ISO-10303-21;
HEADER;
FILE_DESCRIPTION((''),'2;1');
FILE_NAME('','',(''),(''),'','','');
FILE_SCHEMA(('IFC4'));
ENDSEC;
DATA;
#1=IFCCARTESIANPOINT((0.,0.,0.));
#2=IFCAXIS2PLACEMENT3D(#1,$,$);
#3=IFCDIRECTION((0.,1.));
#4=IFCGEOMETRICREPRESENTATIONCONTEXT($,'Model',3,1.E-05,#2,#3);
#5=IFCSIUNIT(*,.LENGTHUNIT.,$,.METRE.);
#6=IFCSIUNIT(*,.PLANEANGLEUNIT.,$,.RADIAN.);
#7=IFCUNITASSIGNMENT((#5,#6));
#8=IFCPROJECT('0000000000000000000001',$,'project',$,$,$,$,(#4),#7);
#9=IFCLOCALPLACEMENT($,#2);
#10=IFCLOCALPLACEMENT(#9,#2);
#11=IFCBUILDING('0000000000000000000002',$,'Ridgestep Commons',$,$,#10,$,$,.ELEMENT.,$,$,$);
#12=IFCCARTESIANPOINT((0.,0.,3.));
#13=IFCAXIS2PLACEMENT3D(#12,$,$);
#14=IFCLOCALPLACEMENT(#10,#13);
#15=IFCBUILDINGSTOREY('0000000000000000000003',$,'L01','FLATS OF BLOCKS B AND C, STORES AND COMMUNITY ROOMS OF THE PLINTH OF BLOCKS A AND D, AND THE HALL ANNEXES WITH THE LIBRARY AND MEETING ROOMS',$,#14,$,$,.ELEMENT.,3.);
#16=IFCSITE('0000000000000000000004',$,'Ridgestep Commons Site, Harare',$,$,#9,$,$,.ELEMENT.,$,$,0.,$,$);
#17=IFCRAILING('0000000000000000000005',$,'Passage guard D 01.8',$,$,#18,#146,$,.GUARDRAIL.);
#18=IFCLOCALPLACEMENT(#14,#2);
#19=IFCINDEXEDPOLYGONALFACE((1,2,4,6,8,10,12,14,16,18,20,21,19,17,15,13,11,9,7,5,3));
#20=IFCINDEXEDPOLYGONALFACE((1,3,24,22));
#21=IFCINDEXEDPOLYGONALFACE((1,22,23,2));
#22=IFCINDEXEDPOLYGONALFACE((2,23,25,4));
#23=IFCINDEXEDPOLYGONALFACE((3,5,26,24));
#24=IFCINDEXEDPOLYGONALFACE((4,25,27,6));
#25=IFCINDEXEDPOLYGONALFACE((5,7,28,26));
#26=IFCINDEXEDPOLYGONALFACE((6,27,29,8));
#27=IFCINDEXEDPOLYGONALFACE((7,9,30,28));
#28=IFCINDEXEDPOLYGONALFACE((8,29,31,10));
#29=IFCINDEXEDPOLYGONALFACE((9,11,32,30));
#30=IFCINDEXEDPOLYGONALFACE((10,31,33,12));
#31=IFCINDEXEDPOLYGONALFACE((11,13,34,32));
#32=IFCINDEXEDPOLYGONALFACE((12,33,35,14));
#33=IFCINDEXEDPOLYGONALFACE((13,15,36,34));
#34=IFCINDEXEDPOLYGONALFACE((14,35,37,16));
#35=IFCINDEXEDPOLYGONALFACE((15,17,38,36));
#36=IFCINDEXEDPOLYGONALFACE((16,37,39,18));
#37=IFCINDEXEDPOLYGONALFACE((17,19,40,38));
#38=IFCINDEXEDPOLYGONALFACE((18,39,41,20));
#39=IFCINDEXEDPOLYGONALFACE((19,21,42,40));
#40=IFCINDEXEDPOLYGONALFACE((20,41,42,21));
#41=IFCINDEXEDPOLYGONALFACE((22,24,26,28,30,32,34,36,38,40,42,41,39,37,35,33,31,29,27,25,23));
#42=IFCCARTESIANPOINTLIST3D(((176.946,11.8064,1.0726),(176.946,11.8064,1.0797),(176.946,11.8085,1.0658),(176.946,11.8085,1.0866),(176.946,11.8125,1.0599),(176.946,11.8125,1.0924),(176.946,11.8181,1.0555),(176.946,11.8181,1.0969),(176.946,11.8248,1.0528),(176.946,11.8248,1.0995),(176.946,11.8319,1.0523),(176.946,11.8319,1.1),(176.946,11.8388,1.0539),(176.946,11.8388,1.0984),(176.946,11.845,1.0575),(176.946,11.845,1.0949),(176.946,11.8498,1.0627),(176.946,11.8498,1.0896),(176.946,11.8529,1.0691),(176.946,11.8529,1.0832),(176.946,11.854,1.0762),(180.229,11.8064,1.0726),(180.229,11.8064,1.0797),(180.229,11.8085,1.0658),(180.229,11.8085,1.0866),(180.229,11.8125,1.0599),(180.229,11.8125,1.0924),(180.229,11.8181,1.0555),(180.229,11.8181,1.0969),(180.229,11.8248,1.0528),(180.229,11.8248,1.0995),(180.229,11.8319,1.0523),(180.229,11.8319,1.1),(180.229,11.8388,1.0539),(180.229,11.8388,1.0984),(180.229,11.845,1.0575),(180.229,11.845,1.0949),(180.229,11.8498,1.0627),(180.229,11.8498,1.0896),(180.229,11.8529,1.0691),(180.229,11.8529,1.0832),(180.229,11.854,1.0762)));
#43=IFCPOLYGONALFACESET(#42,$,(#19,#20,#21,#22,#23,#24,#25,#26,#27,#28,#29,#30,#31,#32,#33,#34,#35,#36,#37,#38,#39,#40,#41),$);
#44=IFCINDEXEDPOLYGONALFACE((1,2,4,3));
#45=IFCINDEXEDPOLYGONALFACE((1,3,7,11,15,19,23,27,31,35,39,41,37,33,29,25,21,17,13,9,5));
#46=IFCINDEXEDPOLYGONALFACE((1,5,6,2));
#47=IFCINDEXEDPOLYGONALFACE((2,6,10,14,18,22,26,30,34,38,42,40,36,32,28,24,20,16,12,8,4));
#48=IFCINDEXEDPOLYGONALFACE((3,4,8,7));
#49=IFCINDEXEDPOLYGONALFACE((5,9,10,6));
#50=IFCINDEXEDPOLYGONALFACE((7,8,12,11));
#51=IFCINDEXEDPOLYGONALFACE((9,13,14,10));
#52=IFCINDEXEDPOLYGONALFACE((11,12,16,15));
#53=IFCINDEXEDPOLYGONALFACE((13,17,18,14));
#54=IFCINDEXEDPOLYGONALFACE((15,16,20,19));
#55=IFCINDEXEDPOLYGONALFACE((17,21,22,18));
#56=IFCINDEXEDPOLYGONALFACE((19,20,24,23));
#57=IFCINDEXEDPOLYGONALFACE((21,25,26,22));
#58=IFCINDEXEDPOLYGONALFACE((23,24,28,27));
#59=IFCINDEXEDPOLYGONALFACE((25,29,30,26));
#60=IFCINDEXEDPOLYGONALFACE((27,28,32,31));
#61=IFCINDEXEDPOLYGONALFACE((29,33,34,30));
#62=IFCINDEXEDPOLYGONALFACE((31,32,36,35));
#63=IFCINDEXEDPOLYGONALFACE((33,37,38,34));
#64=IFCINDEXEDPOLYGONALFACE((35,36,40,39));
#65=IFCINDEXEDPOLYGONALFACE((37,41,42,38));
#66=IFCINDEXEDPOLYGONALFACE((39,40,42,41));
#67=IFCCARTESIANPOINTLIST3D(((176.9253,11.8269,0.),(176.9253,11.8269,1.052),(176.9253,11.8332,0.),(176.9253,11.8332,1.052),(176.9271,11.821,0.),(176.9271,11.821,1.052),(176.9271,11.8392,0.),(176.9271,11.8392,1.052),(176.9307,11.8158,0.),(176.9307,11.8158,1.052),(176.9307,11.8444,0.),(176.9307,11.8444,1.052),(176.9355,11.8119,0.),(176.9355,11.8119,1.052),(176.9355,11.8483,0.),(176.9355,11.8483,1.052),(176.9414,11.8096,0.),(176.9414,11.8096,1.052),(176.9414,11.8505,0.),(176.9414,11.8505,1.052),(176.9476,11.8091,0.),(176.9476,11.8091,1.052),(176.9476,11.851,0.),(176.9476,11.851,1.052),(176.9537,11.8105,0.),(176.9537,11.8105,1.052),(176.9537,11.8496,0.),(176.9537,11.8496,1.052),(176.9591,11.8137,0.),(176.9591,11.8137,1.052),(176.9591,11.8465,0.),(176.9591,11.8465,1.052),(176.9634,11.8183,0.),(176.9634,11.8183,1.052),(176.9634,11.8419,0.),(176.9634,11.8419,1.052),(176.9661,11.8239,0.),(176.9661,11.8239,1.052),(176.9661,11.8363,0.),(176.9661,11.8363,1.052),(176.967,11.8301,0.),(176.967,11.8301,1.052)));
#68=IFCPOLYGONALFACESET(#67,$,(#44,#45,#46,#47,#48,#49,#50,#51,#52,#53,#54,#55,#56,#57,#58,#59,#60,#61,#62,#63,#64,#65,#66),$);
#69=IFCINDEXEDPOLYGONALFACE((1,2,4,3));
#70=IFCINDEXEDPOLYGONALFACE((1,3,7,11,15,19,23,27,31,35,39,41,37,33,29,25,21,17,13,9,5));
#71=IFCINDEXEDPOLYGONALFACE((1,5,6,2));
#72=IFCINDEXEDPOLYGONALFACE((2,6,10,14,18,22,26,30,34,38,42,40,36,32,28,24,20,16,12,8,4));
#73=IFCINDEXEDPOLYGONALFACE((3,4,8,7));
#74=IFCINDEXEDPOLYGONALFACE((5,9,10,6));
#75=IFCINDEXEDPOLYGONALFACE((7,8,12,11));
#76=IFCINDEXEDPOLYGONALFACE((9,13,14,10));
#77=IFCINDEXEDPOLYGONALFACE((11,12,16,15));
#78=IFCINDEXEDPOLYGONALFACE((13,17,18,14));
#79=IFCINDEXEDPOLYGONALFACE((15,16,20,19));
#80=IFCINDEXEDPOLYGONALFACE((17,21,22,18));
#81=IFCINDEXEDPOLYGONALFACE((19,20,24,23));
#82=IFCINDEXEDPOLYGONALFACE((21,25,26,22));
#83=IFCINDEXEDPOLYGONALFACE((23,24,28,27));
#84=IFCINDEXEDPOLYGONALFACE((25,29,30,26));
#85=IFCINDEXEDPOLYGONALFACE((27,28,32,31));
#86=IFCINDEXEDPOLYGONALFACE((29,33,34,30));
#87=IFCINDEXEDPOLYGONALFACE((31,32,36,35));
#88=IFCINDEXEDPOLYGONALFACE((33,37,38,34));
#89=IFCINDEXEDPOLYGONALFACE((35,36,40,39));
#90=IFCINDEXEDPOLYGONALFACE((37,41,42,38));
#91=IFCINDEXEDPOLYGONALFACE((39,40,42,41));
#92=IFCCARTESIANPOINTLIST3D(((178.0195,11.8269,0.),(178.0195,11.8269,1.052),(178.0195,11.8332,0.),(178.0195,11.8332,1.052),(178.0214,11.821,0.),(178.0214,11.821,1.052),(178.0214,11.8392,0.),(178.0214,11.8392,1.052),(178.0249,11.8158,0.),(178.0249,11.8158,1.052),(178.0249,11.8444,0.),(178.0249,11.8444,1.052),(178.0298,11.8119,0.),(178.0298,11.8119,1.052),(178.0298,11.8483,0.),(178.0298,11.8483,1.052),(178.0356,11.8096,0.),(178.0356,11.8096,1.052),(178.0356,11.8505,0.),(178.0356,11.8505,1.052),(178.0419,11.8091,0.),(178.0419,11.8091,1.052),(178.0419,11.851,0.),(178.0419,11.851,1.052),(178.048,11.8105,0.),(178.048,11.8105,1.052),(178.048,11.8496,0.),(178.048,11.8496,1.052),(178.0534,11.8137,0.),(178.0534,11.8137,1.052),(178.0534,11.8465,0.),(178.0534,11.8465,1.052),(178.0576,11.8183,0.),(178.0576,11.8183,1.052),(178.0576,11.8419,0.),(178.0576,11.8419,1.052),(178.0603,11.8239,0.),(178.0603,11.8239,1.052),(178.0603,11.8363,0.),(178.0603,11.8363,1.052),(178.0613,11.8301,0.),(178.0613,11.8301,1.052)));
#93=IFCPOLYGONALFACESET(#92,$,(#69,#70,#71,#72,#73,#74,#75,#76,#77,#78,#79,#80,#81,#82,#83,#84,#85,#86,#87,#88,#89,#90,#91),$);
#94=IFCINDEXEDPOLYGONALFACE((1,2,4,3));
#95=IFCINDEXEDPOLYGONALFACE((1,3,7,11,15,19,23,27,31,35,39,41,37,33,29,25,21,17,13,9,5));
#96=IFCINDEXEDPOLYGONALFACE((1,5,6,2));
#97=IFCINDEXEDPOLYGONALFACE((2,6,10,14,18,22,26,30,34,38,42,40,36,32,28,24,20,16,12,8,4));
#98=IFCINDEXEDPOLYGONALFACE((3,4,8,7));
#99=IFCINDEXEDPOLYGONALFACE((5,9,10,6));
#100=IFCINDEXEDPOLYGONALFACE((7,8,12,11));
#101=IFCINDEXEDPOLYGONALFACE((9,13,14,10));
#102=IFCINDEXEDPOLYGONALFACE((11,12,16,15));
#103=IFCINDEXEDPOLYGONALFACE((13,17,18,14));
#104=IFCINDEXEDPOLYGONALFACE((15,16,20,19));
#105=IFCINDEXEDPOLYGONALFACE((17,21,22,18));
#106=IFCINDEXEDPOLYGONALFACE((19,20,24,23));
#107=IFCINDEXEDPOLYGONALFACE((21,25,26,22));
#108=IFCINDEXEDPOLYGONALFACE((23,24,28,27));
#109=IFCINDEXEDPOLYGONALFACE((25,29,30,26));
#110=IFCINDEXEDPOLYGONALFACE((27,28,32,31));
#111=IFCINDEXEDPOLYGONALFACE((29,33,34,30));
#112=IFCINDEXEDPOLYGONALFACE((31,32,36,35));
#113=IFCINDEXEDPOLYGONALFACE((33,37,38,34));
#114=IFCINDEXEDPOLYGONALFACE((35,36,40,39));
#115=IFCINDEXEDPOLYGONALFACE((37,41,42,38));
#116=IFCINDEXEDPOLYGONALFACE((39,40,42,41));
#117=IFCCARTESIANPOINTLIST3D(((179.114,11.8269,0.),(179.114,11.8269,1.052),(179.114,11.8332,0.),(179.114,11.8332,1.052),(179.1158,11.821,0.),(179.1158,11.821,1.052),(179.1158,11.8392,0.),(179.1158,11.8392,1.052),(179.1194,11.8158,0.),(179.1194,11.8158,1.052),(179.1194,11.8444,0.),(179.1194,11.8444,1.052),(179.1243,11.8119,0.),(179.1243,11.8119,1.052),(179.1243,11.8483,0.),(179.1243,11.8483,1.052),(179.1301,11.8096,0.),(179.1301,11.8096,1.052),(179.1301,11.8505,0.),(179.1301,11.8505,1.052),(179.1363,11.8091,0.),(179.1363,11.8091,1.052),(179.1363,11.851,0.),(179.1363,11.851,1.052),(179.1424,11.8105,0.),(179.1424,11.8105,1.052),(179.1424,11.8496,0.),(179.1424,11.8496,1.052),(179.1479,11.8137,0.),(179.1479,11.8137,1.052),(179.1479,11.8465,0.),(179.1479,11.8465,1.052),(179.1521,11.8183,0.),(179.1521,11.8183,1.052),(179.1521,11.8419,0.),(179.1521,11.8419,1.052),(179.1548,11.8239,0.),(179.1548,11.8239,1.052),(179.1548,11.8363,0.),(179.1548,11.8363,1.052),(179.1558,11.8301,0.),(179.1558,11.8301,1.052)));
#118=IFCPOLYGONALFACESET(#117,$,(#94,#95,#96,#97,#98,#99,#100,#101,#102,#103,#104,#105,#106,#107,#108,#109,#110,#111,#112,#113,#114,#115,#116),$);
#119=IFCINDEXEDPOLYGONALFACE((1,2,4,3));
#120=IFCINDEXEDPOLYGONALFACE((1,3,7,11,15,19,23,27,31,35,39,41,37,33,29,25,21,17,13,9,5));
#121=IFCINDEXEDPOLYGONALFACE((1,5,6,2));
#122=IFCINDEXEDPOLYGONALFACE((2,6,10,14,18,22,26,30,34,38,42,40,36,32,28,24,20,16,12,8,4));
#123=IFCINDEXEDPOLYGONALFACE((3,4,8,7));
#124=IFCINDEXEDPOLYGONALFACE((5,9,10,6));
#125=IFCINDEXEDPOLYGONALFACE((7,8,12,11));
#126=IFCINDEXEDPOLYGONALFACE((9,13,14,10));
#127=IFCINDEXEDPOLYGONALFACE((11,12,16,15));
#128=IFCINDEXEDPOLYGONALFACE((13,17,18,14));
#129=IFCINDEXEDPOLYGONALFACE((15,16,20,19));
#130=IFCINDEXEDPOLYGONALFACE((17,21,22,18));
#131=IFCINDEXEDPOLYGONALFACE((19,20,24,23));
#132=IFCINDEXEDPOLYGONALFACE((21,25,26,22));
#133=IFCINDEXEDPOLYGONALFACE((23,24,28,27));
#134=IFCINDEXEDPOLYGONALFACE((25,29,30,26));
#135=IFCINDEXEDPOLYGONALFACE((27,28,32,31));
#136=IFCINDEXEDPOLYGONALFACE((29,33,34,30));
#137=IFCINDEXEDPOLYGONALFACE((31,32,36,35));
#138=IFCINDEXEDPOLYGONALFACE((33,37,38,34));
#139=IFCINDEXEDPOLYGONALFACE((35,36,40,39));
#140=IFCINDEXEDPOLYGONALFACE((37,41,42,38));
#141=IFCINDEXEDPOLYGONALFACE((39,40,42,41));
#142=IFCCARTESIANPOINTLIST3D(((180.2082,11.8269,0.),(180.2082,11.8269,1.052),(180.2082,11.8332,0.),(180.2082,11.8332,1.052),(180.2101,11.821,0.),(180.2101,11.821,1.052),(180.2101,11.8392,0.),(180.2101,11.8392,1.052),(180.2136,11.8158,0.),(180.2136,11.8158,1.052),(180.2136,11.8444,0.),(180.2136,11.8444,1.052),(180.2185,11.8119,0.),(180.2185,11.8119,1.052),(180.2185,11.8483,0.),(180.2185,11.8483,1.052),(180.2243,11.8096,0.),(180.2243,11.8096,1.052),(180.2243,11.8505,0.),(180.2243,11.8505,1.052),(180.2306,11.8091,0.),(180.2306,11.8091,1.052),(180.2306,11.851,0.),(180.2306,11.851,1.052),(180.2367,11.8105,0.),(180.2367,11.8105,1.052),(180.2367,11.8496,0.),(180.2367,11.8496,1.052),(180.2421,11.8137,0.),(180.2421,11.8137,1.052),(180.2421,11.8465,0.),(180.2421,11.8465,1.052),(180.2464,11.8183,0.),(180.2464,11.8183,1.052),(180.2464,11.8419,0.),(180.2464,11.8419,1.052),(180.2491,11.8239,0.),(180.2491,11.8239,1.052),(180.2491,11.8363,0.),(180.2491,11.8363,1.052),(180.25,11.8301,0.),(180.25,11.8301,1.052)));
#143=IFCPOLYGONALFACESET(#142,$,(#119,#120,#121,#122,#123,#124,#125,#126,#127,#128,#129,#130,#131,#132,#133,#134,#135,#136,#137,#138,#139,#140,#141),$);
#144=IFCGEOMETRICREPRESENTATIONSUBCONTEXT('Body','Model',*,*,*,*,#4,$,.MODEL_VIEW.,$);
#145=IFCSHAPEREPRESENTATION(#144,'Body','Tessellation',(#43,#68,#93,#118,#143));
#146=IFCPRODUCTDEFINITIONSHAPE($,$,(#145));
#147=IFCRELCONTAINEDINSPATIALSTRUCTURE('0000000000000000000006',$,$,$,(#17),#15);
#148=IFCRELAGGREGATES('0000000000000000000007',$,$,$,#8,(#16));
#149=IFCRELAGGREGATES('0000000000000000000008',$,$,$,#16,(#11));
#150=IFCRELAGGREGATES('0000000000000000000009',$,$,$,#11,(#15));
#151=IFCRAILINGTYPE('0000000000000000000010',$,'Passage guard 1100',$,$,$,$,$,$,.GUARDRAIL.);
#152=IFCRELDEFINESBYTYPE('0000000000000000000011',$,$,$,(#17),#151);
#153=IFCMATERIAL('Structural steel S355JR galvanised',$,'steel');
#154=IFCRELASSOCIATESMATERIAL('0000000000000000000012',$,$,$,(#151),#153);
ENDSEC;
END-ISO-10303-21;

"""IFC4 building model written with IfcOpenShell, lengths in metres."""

from ifc_helpers import new_model, si_unit, direction, frame, origin, origin_2d, place, context, subcontext, project, spatial, circle, extrude, material, type_object, element, save


model = new_model("IFC4")

# Units and contexts
model_context = context("Model", 3, precision=1e-05, world=origin(), true_north=direction((0.0, 1.0)))
body_context = subcontext(model_context, "Body", "Model", "MODEL_VIEW")
ifc_project = project(units=[si_unit("LENGTHUNIT", "METRE"), si_unit("PLANEANGLEUNIT", "RADIAN")], contexts=[model_context])

# Site, building, storey
site_placement = place(None, origin())
site = spatial("IfcSite", under=ifc_project, at=site_placement, Name="Ridgestep Commons Site, Harare", CompositionType="ELEMENT", RefElevation=0.0)
building_placement = place(site_placement, origin())
building = spatial("IfcBuilding", under=site, at=building_placement, Name="Ridgestep Commons", CompositionType="ELEMENT")
storey_placement = place(building_placement, frame((0.0, 0.0, 3.0)))
storey = spatial("IfcBuildingStorey", under=building, at=storey_placement, Name="L01", Description="FLATS OF BLOCKS B AND C, STORES AND COMMUNITY ROOMS OF THE PLINTH OF BLOCKS A AND D, AND THE HALL ANNEXES WITH THE LIBRARY AND MEETING ROOMS", CompositionType="ELEMENT", Elevation=3.0)

# Railing
ifc_material_1 = material(Name="Structural steel S355JR galvanised", Category="steel")
railing_type = type_object("IfcRailingType", Name="Passage guard 1100", PredefinedType="GUARDRAIL", material=ifc_material_1)
for number, where, name in (
    (1, (176.946, 11.8301, 0.0), "Passage guard D 01.8"),
):
    element("IfcRailing", number, at=place(storey_placement, frame(where)), inside=storey, type_object=railing_type, Name=name, PredefinedType="GUARDRAIL", context=body_context, shape_type="SweptSolid", body=[
        extrude(circle(Radius=0.0239, at=origin_2d()), frame((0.0, 0.0, 1.0762), z_axis=(1.0, 0.0, 0.0), x_axis=(0.0, 1.0, 0.0)), (0.0, 0.0, 1.0), 3.283),
        extrude(circle(Radius=0.021, at=origin_2d()), origin(), (0.0, 0.0, 1.0), 1.052),
        extrude(circle(Radius=0.021, at=origin_2d()), frame((1.0942, 0.0, 0.0)), (0.0, 0.0, 1.0), 1.052),
        extrude(circle(Radius=0.021, at=origin_2d()), frame((2.1887, 0.0, 0.0)), (0.0, 0.0, 1.0), 1.052),
        extrude(circle(Radius=0.021, at=origin_2d()), frame((3.283, 0.0, 0.0)), (0.0, 0.0, 1.0), 1.052),
    ])

save(model, "model.ifc")
